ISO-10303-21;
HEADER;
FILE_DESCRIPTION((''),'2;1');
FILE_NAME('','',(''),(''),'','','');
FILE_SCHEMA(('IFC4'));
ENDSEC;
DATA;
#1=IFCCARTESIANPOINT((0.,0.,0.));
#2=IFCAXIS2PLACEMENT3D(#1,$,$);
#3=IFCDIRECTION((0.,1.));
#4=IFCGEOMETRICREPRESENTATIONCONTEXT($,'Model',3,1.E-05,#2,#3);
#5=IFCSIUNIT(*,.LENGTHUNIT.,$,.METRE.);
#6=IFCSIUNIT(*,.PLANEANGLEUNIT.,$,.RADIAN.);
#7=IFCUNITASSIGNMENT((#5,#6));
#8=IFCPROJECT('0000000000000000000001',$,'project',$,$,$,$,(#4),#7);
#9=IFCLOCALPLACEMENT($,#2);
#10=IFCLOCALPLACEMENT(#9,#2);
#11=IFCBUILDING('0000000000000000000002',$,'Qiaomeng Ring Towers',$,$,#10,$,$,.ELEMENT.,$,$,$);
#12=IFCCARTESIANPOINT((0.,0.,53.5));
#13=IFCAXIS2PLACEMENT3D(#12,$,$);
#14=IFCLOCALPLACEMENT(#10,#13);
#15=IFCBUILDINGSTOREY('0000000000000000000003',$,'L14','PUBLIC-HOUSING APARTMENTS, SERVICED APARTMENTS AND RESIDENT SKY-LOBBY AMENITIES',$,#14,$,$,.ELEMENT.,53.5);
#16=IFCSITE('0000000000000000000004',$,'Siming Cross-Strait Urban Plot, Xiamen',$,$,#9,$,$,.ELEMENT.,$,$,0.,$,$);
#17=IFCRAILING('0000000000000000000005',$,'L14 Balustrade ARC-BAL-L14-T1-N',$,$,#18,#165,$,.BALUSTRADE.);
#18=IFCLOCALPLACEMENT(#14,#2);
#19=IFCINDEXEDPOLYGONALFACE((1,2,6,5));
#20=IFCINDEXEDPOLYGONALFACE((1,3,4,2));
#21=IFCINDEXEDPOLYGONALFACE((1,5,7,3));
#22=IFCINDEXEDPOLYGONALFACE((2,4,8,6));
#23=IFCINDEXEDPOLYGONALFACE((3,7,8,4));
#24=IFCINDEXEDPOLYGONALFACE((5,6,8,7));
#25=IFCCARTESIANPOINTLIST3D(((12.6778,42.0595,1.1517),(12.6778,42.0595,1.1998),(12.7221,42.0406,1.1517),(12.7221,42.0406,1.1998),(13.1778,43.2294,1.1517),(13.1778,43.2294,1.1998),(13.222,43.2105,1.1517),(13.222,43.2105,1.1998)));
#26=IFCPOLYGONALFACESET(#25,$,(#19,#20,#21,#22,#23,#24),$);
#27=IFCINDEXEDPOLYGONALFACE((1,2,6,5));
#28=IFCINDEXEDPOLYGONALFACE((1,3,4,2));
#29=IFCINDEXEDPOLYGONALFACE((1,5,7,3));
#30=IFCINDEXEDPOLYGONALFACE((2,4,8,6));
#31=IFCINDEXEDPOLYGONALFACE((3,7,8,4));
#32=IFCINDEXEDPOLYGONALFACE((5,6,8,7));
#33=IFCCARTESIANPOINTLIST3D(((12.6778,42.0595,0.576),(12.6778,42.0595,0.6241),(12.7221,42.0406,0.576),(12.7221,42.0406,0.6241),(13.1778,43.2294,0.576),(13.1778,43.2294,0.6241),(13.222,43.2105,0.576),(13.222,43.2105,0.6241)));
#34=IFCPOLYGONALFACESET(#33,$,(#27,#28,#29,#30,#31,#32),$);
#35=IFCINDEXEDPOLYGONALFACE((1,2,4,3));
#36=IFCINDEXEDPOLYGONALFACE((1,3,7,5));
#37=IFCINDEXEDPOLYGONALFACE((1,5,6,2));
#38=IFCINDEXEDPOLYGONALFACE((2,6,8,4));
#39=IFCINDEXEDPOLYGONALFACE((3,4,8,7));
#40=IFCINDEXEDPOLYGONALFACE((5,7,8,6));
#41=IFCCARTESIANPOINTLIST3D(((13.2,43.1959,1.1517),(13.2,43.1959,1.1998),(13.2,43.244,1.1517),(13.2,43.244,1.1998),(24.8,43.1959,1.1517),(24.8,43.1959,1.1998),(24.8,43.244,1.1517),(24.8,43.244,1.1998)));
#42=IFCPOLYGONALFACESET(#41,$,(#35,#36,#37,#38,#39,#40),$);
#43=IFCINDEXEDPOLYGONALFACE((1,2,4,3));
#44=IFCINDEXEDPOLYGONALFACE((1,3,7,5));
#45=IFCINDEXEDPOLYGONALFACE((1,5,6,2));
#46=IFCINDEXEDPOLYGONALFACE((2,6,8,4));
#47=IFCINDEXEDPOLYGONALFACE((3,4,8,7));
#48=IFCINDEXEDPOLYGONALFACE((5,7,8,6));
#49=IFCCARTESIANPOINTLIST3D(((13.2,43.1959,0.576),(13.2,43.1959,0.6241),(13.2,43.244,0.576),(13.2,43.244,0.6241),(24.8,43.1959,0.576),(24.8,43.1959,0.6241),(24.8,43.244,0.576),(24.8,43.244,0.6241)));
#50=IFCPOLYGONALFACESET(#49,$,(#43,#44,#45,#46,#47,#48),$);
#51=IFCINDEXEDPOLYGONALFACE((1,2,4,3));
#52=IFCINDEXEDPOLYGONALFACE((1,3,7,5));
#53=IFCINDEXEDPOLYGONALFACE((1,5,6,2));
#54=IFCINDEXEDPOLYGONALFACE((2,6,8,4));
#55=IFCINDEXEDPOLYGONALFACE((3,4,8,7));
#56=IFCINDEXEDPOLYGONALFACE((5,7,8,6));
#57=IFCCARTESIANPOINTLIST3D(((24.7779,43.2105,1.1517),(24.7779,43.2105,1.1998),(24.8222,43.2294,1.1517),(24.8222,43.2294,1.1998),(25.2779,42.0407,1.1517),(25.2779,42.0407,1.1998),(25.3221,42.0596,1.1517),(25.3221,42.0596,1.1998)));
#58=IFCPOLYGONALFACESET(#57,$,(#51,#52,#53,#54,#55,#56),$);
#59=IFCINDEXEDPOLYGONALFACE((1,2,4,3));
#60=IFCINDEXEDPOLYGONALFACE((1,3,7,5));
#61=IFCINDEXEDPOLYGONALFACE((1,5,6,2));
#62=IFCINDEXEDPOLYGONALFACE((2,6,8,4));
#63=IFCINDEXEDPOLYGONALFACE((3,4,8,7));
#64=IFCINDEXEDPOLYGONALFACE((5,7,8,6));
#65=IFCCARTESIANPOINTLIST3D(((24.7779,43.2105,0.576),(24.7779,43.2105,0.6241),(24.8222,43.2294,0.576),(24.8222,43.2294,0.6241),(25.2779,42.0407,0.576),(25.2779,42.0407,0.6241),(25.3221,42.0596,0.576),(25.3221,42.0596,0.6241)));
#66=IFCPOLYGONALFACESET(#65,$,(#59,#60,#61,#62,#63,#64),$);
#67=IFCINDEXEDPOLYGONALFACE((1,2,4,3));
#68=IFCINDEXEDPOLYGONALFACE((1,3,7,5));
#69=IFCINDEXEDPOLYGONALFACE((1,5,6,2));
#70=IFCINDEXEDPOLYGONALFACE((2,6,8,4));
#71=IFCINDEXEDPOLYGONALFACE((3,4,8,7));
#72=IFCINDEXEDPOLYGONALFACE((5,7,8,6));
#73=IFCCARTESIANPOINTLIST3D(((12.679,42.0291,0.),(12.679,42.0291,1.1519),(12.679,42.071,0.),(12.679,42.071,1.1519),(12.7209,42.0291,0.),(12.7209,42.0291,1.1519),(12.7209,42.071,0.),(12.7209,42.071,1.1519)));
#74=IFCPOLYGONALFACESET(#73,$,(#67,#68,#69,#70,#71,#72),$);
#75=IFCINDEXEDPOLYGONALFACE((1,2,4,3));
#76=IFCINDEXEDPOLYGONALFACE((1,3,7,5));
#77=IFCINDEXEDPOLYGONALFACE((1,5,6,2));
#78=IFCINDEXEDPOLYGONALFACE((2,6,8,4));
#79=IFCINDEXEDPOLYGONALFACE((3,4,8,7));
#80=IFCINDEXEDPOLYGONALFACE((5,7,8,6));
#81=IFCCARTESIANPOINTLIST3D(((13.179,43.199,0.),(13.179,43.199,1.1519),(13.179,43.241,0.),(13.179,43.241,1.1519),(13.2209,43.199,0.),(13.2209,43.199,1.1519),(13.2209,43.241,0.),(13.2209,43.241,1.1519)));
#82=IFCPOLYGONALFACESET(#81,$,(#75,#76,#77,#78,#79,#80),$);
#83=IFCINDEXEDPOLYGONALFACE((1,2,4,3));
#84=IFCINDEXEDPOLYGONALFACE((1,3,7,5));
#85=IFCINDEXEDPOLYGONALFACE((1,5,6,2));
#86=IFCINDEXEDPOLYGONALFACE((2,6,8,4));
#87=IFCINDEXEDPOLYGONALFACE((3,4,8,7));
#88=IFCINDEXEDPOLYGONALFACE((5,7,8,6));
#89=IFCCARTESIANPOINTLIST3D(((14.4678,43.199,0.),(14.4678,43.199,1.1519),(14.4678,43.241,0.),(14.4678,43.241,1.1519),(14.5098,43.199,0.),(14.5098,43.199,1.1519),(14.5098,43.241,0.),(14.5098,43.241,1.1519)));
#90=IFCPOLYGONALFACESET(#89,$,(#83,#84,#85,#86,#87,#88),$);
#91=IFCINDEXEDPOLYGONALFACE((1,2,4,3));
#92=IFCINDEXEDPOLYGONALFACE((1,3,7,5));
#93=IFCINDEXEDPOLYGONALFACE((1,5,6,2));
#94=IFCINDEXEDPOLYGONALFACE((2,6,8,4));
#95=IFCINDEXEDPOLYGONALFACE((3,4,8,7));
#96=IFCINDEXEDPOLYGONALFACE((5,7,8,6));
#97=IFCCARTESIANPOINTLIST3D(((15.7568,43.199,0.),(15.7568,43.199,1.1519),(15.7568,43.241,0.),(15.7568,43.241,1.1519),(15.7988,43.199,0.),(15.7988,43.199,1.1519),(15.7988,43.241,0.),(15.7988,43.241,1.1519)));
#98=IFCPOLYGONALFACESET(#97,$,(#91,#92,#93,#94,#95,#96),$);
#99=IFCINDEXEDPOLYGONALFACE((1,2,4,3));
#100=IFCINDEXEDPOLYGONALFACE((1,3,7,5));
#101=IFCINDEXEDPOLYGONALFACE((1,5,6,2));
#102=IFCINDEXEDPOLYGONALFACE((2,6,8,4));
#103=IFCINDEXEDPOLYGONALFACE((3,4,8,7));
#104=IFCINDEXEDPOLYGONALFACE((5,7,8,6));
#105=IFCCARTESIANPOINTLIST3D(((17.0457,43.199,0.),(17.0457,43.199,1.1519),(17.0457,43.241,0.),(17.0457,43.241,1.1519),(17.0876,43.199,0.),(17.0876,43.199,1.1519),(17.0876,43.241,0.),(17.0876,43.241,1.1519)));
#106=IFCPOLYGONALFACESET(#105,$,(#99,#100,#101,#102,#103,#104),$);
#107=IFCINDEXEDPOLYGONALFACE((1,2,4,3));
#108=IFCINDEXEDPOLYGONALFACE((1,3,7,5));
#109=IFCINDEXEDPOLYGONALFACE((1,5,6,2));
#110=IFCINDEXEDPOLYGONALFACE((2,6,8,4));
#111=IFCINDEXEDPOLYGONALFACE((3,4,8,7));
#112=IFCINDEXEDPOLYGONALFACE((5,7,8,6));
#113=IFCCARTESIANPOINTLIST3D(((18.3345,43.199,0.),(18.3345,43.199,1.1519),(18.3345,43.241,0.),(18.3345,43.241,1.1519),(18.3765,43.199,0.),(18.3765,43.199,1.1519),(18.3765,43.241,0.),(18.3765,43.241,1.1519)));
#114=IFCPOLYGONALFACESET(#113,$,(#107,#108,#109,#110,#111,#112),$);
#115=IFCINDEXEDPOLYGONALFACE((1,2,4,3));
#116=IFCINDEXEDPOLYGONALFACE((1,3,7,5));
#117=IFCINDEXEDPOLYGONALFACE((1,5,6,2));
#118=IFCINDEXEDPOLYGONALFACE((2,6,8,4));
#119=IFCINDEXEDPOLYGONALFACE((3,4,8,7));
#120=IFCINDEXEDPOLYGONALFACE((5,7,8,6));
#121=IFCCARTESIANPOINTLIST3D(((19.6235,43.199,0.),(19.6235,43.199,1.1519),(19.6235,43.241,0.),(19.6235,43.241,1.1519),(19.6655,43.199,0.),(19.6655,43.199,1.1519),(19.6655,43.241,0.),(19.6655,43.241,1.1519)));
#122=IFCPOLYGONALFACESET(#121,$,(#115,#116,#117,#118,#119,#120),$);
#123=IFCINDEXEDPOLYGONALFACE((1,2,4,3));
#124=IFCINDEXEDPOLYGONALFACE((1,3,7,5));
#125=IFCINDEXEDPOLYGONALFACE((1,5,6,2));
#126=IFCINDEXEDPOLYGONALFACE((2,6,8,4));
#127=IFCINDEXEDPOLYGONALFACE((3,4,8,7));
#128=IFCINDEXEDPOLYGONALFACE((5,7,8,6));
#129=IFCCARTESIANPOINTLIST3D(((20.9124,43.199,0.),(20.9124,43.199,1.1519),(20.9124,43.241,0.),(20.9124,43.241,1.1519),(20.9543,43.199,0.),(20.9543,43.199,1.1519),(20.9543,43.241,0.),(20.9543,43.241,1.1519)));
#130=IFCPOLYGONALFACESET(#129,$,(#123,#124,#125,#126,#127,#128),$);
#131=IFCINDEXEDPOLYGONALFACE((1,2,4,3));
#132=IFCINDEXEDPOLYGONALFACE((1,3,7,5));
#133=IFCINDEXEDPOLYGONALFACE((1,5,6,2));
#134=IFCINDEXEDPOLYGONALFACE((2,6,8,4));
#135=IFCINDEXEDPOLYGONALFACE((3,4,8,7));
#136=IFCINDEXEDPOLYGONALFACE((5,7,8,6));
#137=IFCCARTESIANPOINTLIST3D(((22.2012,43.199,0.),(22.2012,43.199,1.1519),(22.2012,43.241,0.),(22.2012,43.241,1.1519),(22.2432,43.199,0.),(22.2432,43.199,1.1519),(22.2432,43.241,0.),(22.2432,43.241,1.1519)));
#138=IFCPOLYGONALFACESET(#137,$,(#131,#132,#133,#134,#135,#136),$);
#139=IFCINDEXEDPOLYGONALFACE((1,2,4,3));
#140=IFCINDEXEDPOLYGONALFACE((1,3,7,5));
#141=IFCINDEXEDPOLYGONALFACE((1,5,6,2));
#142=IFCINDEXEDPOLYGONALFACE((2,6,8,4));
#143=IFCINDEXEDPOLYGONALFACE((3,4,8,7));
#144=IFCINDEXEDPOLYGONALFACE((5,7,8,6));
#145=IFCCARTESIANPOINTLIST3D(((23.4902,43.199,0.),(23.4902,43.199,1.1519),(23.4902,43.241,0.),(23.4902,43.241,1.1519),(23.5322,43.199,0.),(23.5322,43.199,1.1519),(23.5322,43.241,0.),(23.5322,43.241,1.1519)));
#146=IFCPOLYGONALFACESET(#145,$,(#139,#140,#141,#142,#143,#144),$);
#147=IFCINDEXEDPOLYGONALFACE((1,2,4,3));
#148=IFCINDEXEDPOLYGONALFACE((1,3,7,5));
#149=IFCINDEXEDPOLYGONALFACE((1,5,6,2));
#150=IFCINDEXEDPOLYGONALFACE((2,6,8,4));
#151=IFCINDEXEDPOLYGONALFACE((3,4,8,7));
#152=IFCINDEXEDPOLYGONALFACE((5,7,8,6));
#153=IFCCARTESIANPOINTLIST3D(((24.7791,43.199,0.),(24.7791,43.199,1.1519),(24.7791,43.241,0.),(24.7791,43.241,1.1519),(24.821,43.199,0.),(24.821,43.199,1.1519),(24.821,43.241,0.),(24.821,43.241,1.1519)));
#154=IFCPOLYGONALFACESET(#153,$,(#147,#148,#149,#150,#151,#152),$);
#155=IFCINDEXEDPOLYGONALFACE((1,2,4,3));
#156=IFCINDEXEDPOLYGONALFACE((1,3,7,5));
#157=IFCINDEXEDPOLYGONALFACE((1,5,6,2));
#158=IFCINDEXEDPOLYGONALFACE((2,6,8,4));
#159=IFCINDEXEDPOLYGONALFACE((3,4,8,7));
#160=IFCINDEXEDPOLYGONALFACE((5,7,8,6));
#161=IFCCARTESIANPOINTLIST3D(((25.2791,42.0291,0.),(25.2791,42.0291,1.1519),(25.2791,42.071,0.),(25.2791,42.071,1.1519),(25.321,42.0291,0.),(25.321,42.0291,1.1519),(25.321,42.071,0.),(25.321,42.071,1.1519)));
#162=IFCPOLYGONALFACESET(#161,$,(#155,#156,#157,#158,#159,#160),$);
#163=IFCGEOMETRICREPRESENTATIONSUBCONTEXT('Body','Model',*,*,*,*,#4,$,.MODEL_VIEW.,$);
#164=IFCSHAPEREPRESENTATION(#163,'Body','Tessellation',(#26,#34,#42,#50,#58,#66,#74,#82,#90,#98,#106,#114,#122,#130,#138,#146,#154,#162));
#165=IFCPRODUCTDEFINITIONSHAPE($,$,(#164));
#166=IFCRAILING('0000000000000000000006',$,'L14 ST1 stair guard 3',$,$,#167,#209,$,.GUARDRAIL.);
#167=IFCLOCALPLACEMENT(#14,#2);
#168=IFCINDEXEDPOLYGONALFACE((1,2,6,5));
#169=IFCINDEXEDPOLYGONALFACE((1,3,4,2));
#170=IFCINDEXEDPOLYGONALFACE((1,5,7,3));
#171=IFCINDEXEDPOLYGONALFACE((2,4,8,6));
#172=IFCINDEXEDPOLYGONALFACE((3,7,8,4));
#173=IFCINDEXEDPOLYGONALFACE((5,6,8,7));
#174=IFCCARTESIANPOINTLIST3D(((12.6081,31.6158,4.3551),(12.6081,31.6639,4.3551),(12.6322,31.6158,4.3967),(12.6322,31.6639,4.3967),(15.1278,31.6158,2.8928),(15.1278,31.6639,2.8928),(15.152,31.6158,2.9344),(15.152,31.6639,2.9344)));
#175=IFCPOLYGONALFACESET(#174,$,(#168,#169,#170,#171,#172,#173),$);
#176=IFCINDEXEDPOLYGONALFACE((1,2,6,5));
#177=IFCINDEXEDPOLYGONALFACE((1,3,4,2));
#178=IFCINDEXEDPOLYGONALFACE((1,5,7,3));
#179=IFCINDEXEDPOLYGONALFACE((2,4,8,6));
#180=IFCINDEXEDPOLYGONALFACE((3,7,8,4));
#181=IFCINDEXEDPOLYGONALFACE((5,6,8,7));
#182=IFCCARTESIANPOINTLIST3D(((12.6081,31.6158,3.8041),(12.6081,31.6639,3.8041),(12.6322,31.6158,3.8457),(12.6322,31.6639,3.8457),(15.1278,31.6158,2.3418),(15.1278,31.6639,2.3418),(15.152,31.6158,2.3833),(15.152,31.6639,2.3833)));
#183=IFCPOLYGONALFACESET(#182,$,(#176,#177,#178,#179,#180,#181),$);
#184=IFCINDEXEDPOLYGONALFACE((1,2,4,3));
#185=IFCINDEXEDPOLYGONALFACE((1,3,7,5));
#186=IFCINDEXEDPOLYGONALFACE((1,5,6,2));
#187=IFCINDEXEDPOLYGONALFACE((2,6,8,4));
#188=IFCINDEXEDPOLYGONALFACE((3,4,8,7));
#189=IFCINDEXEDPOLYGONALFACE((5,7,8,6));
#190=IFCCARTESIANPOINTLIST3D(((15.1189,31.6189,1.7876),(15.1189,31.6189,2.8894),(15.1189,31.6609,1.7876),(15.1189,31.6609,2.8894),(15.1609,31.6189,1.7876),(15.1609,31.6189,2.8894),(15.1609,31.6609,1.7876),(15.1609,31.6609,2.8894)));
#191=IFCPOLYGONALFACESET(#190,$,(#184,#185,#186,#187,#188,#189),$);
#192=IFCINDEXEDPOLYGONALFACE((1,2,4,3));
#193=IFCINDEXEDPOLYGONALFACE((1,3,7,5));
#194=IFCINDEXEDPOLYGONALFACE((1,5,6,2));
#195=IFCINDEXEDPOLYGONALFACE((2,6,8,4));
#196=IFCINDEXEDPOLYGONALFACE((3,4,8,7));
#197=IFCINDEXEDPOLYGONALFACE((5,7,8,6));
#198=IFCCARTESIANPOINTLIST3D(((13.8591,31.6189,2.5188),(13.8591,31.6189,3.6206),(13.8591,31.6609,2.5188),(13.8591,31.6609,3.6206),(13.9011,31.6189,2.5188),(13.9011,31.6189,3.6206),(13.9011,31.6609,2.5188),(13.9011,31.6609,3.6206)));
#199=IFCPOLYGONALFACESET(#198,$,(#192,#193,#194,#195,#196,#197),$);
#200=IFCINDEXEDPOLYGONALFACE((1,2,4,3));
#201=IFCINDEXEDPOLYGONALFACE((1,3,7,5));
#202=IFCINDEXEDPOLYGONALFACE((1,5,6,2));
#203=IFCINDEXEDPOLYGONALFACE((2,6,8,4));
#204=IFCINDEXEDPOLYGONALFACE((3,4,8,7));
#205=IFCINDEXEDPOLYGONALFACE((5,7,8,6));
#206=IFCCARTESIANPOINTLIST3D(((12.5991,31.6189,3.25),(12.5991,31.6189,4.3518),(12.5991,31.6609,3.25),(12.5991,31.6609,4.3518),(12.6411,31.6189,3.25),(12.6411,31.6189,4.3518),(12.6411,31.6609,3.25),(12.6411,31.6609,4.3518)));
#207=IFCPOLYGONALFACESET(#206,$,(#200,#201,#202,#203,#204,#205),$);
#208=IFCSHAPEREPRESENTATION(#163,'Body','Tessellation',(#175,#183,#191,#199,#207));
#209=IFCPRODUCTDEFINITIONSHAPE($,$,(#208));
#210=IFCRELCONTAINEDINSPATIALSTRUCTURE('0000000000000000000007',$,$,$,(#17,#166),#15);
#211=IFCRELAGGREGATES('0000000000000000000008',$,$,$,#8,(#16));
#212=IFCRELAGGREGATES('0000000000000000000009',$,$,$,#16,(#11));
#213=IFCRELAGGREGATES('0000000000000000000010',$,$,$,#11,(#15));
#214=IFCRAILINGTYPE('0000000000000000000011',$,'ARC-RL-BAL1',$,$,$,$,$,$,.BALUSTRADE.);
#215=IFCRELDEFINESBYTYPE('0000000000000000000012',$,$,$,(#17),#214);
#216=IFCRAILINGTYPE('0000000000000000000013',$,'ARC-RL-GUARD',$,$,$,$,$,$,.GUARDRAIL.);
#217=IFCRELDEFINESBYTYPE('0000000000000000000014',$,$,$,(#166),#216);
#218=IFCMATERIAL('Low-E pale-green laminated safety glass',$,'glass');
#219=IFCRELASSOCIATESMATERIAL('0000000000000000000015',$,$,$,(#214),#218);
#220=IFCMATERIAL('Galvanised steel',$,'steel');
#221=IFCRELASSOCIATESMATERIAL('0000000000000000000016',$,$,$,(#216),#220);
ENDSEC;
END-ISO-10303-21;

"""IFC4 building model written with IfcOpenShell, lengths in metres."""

from ifc_helpers import new_model, si_unit, direction, frame, origin, origin_2d, place, context, subcontext, project, spatial, rectangle, extrude, material, type_object, element, save


model = new_model("IFC4")

# Units and contexts
model_context = context("Model", 3, precision=1e-05, world=origin(), true_north=direction((0.0, 1.0)))
body_context = subcontext(model_context, "Body", "Model", "MODEL_VIEW")
ifc_project = project(units=[si_unit("LENGTHUNIT", "METRE"), si_unit("PLANEANGLEUNIT", "RADIAN")], contexts=[model_context])

# Site, building, storey
site_placement = place(None, origin())
site = spatial("IfcSite", under=ifc_project, at=site_placement, Name="Siming Cross-Strait Urban Plot, Xiamen", CompositionType="ELEMENT", RefElevation=0.0)
building_placement = place(site_placement, origin())
building = spatial("IfcBuilding", under=site, at=building_placement, Name="Qiaomeng Ring Towers", CompositionType="ELEMENT")
storey_placement = place(building_placement, frame((0.0, 0.0, 53.5)))
storey = spatial("IfcBuildingStorey", under=building, at=storey_placement, Name="L14", Description="PUBLIC-HOUSING APARTMENTS, SERVICED APARTMENTS AND RESIDENT SKY-LOBBY AMENITIES", CompositionType="ELEMENT", Elevation=53.5)

# Shared definitions
ifc_material_1 = material(Name="Galvanised steel", Category="steel")

# Railings
ifc_material_2 = material(Name="Low-E pale-green laminated safety glass", Category="glass")
railing_type_1 = type_object("IfcRailingType", Name="ARC-RL-BAL1", PredefinedType="BALUSTRADE", material=ifc_material_2)
railing_1_placement = place(storey_placement, frame((12.7, 42.05, 0.0)))
element("IfcRailing", 1, at=railing_1_placement, inside=storey, type_object=railing_type_1, Name="L14 Balustrade ARC-BAL-L14-T1-N", PredefinedType="BALUSTRADE", context=body_context, shape_type="SweptSolid", body=[
    extrude(rectangle(XDim=0.0481, YDim=0.0481, at=origin_2d()), frame((0.0, 0.0, 1.1758), z_axis=(0.392993, 0.919542, 0.0), x_axis=(-0.919542, 0.392993, 0.0)), (0.0, 0.0, 1.0), 1.2722),
    extrude(rectangle(XDim=0.0481, YDim=0.0481, at=origin_2d()), frame((0.0, 0.0, 0.6001), z_axis=(0.392993, 0.919542, 0.0), x_axis=(-0.919542, 0.392993, 0.0)), (0.0, 0.0, 1.0), 1.2722),
    extrude(rectangle(XDim=0.0481, YDim=0.0481, at=origin_2d()), frame((0.5, 1.1699, 1.1758), z_axis=(1.0, 0.0, 0.0), x_axis=(0.0, 1.0, 0.0)), (0.0, 0.0, 1.0), 11.6001),
    extrude(rectangle(XDim=0.0481, YDim=0.0481, at=origin_2d()), frame((0.5, 1.1699, 0.6001), z_axis=(1.0, 0.0, 0.0), x_axis=(0.0, 1.0, 0.0)), (0.0, 0.0, 1.0), 11.6001),
    extrude(rectangle(XDim=0.0481, YDim=0.0481, at=origin_2d()), frame((12.1001, 1.1699, 1.1758), z_axis=(0.392993, -0.919542, 0.0), x_axis=(0.919542, 0.392993, 0.0)), (0.0, 0.0, 1.0), 1.2722),
    extrude(rectangle(XDim=0.0481, YDim=0.0481, at=origin_2d()), frame((12.1001, 1.1699, 0.6001), z_axis=(0.392993, -0.919542, 0.0), x_axis=(0.919542, 0.392993, 0.0)), (0.0, 0.0, 1.0), 1.2722),
    extrude(rectangle(XDim=0.042, YDim=0.042, at=origin_2d()), origin(), (0.0, 0.0, 1.0), 1.1519),
    extrude(rectangle(XDim=0.042, YDim=0.042, at=origin_2d()), frame((0.5, 1.1699, 0.0)), (0.0, 0.0, 1.0), 1.1519),
    extrude(rectangle(XDim=0.042, YDim=0.042, at=origin_2d()), frame((1.7888, 1.1699, 0.0)), (0.0, 0.0, 1.0), 1.1519),
    extrude(rectangle(XDim=0.042, YDim=0.042, at=origin_2d()), frame((3.0779, 1.1699, 0.0)), (0.0, 0.0, 1.0), 1.1519),
    extrude(rectangle(XDim=0.042, YDim=0.042, at=origin_2d()), frame((4.3667, 1.1699, 0.0)), (0.0, 0.0, 1.0), 1.1519),
    extrude(rectangle(XDim=0.042, YDim=0.042, at=origin_2d()), frame((5.6555, 1.1699, 0.0)), (0.0, 0.0, 1.0), 1.1519),
    extrude(rectangle(XDim=0.042, YDim=0.042, at=origin_2d()), frame((6.9446, 1.1699, 0.0)), (0.0, 0.0, 1.0), 1.1519),
    extrude(rectangle(XDim=0.042, YDim=0.042, at=origin_2d()), frame((8.2334, 1.1699, 0.0)), (0.0, 0.0, 1.0), 1.1519),
    extrude(rectangle(XDim=0.042, YDim=0.042, at=origin_2d()), frame((9.5222, 1.1699, 0.0)), (0.0, 0.0, 1.0), 1.1519),
    extrude(rectangle(XDim=0.042, YDim=0.042, at=origin_2d()), frame((10.8113, 1.1699, 0.0)), (0.0, 0.0, 1.0), 1.1519),
    extrude(rectangle(XDim=0.042, YDim=0.042, at=origin_2d()), frame((12.1001, 1.1699, 0.0)), (0.0, 0.0, 1.0), 1.1519),
    extrude(rectangle(XDim=0.042, YDim=0.042, at=origin_2d()), frame((12.6001, 0.0, 0.0)), (0.0, 0.0, 1.0), 1.1519),
])
railing_type_2 = type_object("IfcRailingType", Name="ARC-RL-GUARD", PredefinedType="GUARDRAIL", material=ifc_material_1)
railing_2_placement = place(storey_placement, frame((15.1399, 31.6399, 1.7876)))
element("IfcRailing", 2, at=railing_2_placement, inside=storey, type_object=railing_type_2, Name="L14 ST1 stair guard 3", PredefinedType="GUARDRAIL", context=body_context, shape_type="SweptSolid", body=[
    extrude(rectangle(XDim=0.0481, YDim=0.0481, at=origin_2d()), frame((0.0, 0.0, 1.126), z_axis=(-0.864892, 0.0, 0.501958), x_axis=(0.0, -1.0, 0.0)), (0.0, 0.0, 1.0), 2.9133),
    extrude(rectangle(XDim=0.0481, YDim=0.0481, at=origin_2d()), frame((0.0, 0.0, 0.575), z_axis=(-0.864892, 0.0, 0.501958), x_axis=(0.0, -1.0, 0.0)), (0.0, 0.0, 1.0), 2.9133),
    extrude(rectangle(XDim=0.042, YDim=0.042, at=origin_2d()), origin(), (0.0, 0.0, 1.0), 1.1018),
    extrude(rectangle(XDim=0.042, YDim=0.042, at=origin_2d()), frame((-1.2598, 0.0, 0.7312)), (0.0, 0.0, 1.0), 1.1018),
    extrude(rectangle(XDim=0.042, YDim=0.042, at=origin_2d()), frame((-2.5198, 0.0, 1.4624)), (0.0, 0.0, 1.0), 1.1018),
])

save(model, "model.ifc")
